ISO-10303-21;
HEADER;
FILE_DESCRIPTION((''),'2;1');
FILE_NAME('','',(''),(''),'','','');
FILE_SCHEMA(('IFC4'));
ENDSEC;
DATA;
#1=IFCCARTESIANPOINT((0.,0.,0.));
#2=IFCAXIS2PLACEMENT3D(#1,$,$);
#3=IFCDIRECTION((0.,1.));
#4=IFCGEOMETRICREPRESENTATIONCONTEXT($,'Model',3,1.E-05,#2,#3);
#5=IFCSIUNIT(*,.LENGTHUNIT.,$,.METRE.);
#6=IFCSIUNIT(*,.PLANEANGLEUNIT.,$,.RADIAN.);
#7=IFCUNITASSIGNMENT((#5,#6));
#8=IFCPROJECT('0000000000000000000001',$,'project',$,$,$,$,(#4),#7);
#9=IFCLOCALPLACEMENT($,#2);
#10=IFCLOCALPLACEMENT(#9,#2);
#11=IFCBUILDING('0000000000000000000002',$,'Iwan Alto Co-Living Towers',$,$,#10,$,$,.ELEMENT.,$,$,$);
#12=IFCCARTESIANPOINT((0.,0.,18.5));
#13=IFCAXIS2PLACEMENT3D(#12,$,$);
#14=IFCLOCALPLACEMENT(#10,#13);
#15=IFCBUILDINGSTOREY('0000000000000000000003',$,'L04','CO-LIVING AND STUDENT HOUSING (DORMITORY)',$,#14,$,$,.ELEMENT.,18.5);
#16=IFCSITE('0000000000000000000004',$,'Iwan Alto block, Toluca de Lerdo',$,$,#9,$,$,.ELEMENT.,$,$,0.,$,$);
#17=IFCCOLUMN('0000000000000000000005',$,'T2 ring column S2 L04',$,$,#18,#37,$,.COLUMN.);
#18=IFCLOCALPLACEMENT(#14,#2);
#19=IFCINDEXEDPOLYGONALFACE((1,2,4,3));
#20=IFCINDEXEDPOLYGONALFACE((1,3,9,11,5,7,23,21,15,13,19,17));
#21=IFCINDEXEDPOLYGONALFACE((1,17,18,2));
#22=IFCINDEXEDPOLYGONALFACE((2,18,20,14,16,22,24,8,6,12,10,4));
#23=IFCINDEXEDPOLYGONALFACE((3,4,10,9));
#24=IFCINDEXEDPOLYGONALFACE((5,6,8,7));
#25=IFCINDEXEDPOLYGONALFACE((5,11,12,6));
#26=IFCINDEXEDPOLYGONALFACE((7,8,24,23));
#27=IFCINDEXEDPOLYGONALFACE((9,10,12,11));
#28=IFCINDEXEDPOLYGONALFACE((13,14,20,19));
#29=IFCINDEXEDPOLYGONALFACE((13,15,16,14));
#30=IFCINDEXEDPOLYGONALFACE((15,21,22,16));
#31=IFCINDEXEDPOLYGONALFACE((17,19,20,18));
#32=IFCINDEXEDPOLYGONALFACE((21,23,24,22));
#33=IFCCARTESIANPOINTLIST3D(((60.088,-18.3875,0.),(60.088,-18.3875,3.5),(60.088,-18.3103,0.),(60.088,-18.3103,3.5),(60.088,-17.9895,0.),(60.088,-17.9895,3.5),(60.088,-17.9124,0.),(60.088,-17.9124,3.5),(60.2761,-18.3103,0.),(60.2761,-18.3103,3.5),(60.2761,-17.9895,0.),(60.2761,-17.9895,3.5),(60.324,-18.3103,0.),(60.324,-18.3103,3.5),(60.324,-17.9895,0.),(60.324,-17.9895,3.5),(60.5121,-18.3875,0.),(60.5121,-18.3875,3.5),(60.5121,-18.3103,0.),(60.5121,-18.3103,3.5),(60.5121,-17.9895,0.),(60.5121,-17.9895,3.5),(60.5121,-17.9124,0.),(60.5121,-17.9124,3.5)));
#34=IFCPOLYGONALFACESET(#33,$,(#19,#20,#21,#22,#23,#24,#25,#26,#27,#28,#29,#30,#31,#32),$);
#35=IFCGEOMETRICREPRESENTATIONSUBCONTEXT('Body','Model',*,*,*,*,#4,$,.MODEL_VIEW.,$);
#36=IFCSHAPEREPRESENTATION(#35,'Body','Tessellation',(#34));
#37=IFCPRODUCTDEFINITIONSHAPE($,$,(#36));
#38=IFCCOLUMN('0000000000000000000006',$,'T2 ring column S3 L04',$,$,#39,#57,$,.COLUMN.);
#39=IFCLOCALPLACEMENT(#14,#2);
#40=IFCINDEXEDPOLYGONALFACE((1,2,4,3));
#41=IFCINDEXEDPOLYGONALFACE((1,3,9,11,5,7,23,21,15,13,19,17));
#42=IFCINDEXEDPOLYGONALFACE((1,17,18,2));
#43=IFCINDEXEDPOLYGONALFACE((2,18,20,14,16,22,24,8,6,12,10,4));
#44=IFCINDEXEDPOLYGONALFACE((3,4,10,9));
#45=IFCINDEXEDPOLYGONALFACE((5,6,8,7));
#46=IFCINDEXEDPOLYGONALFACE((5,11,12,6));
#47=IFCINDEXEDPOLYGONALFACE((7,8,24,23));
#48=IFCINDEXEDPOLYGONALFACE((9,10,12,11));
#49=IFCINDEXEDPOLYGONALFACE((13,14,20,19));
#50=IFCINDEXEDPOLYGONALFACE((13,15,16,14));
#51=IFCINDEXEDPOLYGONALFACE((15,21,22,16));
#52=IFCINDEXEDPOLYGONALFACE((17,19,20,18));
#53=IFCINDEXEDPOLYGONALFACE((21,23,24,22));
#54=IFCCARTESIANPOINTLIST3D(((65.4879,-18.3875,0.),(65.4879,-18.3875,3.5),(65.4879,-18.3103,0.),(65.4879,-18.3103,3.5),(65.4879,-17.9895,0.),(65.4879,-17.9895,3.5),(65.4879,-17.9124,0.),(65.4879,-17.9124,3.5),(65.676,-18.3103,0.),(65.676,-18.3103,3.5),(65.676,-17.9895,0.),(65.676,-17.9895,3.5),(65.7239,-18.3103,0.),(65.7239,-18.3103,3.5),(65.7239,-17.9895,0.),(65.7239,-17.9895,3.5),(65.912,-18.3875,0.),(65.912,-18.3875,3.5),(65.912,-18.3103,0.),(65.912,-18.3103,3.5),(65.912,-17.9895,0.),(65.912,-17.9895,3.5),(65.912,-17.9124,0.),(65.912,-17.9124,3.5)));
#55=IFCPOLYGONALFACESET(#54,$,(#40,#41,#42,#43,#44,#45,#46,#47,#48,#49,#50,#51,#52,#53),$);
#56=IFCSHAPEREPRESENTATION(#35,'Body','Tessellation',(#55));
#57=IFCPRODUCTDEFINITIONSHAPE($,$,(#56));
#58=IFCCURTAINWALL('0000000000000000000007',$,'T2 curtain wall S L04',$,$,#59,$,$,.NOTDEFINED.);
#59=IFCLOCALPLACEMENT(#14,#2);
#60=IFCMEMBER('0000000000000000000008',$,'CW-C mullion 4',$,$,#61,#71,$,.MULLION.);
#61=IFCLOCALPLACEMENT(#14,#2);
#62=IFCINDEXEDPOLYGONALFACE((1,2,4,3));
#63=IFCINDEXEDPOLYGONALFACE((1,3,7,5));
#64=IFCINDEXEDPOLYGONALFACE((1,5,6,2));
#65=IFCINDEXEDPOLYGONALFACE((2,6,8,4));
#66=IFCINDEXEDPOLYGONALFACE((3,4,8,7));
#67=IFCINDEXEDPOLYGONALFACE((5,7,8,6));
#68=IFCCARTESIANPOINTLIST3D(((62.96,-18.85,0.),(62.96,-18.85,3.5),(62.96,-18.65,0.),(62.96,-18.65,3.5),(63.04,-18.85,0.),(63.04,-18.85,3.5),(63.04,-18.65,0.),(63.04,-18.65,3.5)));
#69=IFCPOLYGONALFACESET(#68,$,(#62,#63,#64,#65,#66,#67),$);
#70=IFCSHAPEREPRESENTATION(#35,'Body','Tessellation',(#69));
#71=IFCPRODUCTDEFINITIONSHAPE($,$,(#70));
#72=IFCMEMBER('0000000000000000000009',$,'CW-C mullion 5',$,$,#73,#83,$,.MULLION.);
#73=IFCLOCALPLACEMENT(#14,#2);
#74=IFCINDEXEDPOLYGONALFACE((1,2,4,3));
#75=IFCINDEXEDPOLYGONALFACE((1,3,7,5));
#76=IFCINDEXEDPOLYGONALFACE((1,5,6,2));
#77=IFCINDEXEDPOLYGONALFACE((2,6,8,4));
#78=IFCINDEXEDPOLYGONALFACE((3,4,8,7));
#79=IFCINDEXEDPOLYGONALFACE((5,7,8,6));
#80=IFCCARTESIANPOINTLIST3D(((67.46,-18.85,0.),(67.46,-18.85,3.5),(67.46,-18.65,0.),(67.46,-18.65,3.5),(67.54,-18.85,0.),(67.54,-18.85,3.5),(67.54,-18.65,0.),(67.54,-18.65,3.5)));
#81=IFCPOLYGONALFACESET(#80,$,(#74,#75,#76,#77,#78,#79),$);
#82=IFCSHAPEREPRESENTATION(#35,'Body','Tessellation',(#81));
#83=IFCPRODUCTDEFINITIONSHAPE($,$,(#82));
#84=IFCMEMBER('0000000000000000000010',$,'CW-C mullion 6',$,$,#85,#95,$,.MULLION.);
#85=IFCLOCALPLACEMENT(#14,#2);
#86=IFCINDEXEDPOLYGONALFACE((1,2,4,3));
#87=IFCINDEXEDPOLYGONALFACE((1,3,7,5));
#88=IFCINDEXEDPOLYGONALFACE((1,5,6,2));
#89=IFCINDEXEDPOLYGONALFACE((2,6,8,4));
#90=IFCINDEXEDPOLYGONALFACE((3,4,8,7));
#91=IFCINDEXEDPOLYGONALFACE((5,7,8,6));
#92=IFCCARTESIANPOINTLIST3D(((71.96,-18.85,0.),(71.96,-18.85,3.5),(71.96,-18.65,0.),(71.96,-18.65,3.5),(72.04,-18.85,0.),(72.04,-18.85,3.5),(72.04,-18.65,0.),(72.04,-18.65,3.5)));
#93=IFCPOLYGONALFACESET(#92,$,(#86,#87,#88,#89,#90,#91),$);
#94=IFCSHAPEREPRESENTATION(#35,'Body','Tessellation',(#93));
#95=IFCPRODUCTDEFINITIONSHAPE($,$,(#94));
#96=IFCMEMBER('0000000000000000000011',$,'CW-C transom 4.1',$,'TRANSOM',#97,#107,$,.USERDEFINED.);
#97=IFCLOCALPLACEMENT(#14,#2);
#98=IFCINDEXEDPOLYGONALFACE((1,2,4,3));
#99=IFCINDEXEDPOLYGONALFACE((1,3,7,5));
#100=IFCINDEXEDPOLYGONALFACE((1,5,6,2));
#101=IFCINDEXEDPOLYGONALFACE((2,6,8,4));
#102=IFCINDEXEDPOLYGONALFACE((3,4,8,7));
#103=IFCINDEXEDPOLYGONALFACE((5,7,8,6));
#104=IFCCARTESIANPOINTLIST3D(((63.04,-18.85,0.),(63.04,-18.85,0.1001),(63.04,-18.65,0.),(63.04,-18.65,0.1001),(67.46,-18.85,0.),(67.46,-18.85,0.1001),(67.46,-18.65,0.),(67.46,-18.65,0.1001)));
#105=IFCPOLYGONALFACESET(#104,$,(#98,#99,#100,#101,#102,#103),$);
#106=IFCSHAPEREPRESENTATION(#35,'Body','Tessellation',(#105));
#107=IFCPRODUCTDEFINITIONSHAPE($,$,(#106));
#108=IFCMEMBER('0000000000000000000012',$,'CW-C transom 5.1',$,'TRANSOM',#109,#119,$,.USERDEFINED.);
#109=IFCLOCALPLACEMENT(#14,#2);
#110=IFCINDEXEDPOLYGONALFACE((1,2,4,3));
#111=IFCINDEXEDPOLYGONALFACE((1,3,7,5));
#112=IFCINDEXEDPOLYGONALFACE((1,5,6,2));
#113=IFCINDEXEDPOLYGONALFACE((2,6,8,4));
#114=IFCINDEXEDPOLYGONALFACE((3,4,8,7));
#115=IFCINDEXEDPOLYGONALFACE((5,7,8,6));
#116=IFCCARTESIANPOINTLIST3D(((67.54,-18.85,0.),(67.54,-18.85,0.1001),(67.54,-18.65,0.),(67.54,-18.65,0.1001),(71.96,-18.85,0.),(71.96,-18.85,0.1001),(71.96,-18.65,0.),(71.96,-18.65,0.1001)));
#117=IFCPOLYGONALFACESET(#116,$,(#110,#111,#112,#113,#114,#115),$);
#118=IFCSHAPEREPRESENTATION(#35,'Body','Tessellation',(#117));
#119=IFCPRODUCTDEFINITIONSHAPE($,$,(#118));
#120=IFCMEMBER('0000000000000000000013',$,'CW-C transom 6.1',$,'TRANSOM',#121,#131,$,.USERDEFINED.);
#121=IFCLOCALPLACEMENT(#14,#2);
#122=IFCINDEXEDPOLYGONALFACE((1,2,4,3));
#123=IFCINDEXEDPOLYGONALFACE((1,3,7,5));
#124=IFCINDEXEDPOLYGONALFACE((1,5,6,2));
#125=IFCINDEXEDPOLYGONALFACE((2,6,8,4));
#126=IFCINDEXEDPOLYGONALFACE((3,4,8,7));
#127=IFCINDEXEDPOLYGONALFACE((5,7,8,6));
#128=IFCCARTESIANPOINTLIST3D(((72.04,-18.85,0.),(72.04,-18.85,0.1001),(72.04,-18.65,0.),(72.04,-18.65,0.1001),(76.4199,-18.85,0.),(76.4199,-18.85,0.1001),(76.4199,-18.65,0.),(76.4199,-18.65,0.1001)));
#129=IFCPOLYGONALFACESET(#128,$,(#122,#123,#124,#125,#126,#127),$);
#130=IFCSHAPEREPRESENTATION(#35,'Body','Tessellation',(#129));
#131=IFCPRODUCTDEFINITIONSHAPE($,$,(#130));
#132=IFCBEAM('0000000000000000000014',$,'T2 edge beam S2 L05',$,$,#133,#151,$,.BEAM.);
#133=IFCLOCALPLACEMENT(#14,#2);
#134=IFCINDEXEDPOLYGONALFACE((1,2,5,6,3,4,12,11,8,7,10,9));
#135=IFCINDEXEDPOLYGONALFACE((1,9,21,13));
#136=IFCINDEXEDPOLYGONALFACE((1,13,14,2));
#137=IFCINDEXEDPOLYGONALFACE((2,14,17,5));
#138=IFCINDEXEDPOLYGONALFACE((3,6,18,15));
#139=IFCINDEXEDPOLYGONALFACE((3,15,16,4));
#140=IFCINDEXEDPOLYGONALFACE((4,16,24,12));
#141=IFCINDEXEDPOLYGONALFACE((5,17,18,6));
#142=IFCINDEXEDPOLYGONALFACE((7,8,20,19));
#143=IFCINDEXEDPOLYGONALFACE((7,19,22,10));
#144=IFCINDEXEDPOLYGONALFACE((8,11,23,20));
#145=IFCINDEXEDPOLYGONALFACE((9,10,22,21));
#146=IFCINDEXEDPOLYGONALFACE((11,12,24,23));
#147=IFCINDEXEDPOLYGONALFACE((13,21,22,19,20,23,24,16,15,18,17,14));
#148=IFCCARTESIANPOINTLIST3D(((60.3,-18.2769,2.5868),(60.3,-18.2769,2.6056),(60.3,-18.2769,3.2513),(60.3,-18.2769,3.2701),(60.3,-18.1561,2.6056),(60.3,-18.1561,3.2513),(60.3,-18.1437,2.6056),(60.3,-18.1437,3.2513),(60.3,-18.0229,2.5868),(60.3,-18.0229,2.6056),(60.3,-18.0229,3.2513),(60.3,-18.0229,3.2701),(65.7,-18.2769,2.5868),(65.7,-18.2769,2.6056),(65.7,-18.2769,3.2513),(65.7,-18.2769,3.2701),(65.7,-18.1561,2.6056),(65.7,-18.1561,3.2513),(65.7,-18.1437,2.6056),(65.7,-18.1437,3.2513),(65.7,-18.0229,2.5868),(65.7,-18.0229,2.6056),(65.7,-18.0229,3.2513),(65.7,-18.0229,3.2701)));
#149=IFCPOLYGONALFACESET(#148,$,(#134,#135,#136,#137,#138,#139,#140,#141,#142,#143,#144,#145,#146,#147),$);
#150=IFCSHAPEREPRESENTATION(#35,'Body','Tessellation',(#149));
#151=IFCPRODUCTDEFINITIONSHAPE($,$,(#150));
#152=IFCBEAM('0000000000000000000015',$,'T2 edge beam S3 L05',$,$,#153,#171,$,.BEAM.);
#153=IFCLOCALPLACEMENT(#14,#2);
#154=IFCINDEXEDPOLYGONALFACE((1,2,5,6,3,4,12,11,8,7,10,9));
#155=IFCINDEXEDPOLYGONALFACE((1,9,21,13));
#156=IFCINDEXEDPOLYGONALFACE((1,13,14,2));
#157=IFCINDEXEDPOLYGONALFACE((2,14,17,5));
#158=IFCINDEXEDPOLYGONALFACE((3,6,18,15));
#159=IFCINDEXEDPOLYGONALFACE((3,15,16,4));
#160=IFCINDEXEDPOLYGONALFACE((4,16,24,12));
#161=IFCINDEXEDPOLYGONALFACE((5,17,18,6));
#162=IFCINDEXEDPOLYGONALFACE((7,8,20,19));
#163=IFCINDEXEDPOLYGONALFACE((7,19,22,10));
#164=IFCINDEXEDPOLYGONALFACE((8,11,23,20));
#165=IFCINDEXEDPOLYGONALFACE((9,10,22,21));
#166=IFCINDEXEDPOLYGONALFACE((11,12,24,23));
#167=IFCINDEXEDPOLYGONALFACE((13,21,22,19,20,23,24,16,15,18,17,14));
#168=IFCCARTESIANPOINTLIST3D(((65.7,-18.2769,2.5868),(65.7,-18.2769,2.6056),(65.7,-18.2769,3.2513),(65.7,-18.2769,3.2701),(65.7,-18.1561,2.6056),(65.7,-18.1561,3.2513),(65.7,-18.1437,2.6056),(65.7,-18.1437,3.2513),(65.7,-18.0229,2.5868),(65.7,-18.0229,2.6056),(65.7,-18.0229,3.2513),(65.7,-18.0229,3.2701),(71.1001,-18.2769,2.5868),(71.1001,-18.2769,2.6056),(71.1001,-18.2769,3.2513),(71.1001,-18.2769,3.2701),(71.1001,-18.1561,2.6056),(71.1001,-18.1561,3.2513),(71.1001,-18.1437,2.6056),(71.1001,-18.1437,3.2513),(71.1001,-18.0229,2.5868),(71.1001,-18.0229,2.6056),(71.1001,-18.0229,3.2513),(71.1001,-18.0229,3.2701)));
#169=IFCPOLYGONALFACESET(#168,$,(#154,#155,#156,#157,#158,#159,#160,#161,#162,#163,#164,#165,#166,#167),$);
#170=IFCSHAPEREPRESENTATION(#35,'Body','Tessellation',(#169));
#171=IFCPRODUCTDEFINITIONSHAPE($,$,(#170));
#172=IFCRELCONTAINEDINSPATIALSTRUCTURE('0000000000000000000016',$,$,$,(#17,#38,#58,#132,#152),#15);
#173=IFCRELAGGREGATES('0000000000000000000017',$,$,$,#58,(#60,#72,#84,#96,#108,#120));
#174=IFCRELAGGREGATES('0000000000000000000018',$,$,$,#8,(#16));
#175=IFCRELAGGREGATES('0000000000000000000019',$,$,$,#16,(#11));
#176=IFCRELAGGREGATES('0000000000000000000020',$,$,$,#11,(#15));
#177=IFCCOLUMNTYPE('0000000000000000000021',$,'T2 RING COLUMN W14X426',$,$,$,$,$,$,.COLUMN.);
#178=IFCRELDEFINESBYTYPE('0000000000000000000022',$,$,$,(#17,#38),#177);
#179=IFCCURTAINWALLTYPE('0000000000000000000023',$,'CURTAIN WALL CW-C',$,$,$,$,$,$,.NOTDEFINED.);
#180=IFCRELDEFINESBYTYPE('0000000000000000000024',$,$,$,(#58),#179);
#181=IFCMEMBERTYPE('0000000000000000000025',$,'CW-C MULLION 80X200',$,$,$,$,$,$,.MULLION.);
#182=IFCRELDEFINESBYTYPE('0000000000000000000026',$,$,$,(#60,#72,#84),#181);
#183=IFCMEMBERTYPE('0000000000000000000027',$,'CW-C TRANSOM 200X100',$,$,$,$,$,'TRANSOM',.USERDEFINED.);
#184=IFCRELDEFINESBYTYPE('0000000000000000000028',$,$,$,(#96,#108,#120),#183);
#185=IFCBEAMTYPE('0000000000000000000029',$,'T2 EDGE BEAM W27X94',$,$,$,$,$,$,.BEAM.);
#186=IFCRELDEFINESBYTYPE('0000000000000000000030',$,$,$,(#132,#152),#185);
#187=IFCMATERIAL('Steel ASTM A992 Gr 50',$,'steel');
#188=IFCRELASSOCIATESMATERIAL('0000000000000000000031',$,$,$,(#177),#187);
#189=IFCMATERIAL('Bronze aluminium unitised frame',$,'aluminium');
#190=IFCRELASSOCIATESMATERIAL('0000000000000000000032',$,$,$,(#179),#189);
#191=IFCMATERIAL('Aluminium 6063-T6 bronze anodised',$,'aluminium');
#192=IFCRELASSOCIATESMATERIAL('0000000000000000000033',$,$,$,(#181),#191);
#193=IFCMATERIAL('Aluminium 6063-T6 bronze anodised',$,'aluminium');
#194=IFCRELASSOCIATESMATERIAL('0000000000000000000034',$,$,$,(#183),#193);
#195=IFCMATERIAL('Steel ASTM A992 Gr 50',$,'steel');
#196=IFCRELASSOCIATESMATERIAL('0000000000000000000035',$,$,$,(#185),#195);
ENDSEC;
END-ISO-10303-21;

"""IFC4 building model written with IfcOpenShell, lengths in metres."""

from ifc_helpers import new_model, si_unit, direction, frame, origin, origin_2d, place, context, subcontext, project, spatial, rectangle, i_section, extrude, material, material_profile, profile_set, type_object, element, aggregate, save


model = new_model("IFC4")

# Units and contexts
model_context = context("Model", 3, precision=1e-05, world=origin(), true_north=direction((0.0, 1.0)))
body_context = subcontext(model_context, "Body", "Model", "MODEL_VIEW")
ifc_project = project(units=[si_unit("LENGTHUNIT", "METRE"), si_unit("PLANEANGLEUNIT", "RADIAN")], contexts=[model_context])

# Site, building, storey
site_placement = place(None, origin())
site = spatial("IfcSite", under=ifc_project, at=site_placement, Name="Iwan Alto block, Toluca de Lerdo", CompositionType="ELEMENT", RefElevation=0.0)
building_placement = place(site_placement, origin())
building = spatial("IfcBuilding", under=site, at=building_placement, Name="Iwan Alto Co-Living Towers", CompositionType="ELEMENT")
storey_placement = place(building_placement, frame((0.0, 0.0, 18.5)))
storey = spatial("IfcBuildingStorey", under=building, at=storey_placement, Name="L04", Description="CO-LIVING AND STUDENT HOUSING (DORMITORY)", CompositionType="ELEMENT", Elevation=18.5)

# Columns
ifc_material_1 = material(Name="Steel ASTM A992 Gr 50", Category="steel")
ifc_material_profile_1 = material_profile(ifc_material_1, i_section(OverallWidth=0.4241, OverallDepth=0.4751, WebThickness=0.0479, FlangeThickness=0.0771, at=origin_2d()), Name="W14X426")
ifc_profile_set_1 = profile_set([ifc_material_profile_1], Name="Steel ASTM A992 Gr 50")
column_type = type_object("IfcColumnType", Name="T2 RING COLUMN W14X426", PredefinedType="COLUMN", material=ifc_profile_set_1)
for number, where, z_axis, x_axis, name in (
    (1, (60.3, -18.1499, 0.0), (0.0, 0.0, 1.0), (1.0, 0.0, 0.0), "T2 ring column S2 L04"),
    (2, (65.7, -18.1499, 0.0), (0.0, 0.0, 1.0), (1.0, 0.0, 0.0), "T2 ring column S3 L04"),
):
    element("IfcColumn", number, at=place(storey_placement, frame(where, z_axis=z_axis, x_axis=x_axis)), inside=storey, type_object=column_type, Name=name, PredefinedType="COLUMN", context=body_context, shape_type="SweptSolid", body=[
        extrude(i_section(OverallWidth=0.4241, OverallDepth=0.4751, WebThickness=0.0479, FlangeThickness=0.0771, at=origin_2d()), origin(), (0.0, 0.0, 1.0), 3.5),
    ])

# Curtain wall, members
ifc_material_2 = material(Name="Bronze aluminium unitised frame", Category="aluminium")
curtain_wall_type = type_object("IfcCurtainWallType", Name="CURTAIN WALL CW-C", PredefinedType="NOTDEFINED", material=ifc_material_2)
curtain_wall_placement = place(storey_placement, origin())
curtain_wall = element("IfcCurtainWall", 3, at=curtain_wall_placement, inside=storey, type_object=curtain_wall_type, Name="T2 curtain wall S L04", PredefinedType="NOTDEFINED")
ifc_material_3 = material(Name="Aluminium 6063-T6 bronze anodised", Category="aluminium")
ifc_material_profile_2 = material_profile(ifc_material_3, rectangle(XDim=0.2, YDim=0.0801, at=origin_2d()), Name="AL 80X200")
ifc_profile_set_2 = profile_set([ifc_material_profile_2], Name="Aluminium 6063-T6 bronze anodised")
member_type_1 = type_object("IfcMemberType", Name="CW-C MULLION 80X200", PredefinedType="MULLION", material=ifc_profile_set_2)
member_1_placement = place(storey_placement, frame((63.0, -18.75, 0.0), z_axis=(0.0, 0.0, 1.0), x_axis=(0.0, 1.0, 0.0)))
member_1 = element("IfcMember", 4, at=member_1_placement, type_object=member_type_1, Name="CW-C mullion 4", PredefinedType="MULLION", context=body_context, shape_type="SweptSolid", body=[
    extrude(rectangle(XDim=0.2, YDim=0.0801, at=origin_2d()), origin(), (0.0, 0.0, 1.0), 3.5),
])
member_2_placement = place(storey_placement, frame((67.5, -18.75, 0.0), z_axis=(0.0, 0.0, 1.0), x_axis=(0.0, 1.0, 0.0)))
member_2 = element("IfcMember", 5, at=member_2_placement, type_object=member_type_1, Name="CW-C mullion 5", PredefinedType="MULLION", context=body_context, shape_type="SweptSolid", body=[
    extrude(rectangle(XDim=0.2, YDim=0.0801, at=origin_2d()), origin(), (0.0, 0.0, 1.0), 3.5),
])
member_3_placement = place(storey_placement, frame((72.0, -18.75, 0.0), z_axis=(0.0, 0.0, 1.0), x_axis=(0.0, 1.0, 0.0)))
member_3 = element("IfcMember", 6, at=member_3_placement, type_object=member_type_1, Name="CW-C mullion 6", PredefinedType="MULLION", context=body_context, shape_type="SweptSolid", body=[
    extrude(rectangle(XDim=0.2, YDim=0.0801, at=origin_2d()), origin(), (0.0, 0.0, 1.0), 3.5),
])
ifc_material_4 = material(Name="Aluminium 6063-T6 bronze anodised", Category="aluminium")
ifc_material_profile_3 = material_profile(ifc_material_4, rectangle(XDim=0.2, YDim=0.1001, at=origin_2d()), Name="AL 200X100")
ifc_profile_set_3 = profile_set([ifc_material_profile_3], Name="Aluminium 6063-T6 bronze anodised")
member_type_2 = type_object("IfcMemberType", Name="CW-C TRANSOM 200X100", ElementType="TRANSOM", PredefinedType="USERDEFINED", material=ifc_profile_set_3)
member_4_placement = place(storey_placement, frame((63.04, -18.75, 0.05), z_axis=(1.0, 0.0, 0.0), x_axis=(0.0, 1.0, 0.0)))
member_4 = element("IfcMember", 7, at=member_4_placement, type_object=member_type_2, Name="CW-C transom 4.1", ObjectType="TRANSOM", PredefinedType="USERDEFINED", context=body_context, shape_type="SweptSolid", body=[
    extrude(rectangle(XDim=0.2, YDim=0.1001, at=origin_2d()), origin(), (0.0, 0.0, 1.0), 4.4199),
])
member_5_placement = place(storey_placement, frame((67.54, -18.75, 0.05), z_axis=(1.0, 0.0, 0.0), x_axis=(0.0, 1.0, 0.0)))
member_5 = element("IfcMember", 8, at=member_5_placement, type_object=member_type_2, Name="CW-C transom 5.1", ObjectType="TRANSOM", PredefinedType="USERDEFINED", context=body_context, shape_type="SweptSolid", body=[
    extrude(rectangle(XDim=0.2, YDim=0.1001, at=origin_2d()), origin(), (0.0, 0.0, 1.0), 4.4199),
])
member_6_placement = place(storey_placement, frame((72.04, -18.75, 0.05), z_axis=(1.0, 0.0, 0.0), x_axis=(0.0, 1.0, 0.0)))
member_6 = element("IfcMember", 9, at=member_6_placement, type_object=member_type_2, Name="CW-C transom 6.1", ObjectType="TRANSOM", PredefinedType="USERDEFINED", context=body_context, shape_type="SweptSolid", body=[
    extrude(rectangle(XDim=0.2, YDim=0.1001, at=origin_2d()), origin(), (0.0, 0.0, 1.0), 4.3799),
])

# Beams
ifc_material_5 = material(Name="Steel ASTM A992 Gr 50", Category="steel")
ifc_material_profile_4 = material_profile(ifc_material_5, i_section(OverallWidth=0.2539, OverallDepth=0.6833, WebThickness=0.0125, FlangeThickness=0.0188, at=origin_2d()), Name="W27X94")
ifc_profile_set_4 = profile_set([ifc_material_profile_4], Name="Steel ASTM A992 Gr 50")
beam_type_1 = type_object("IfcBeamType", Name="T2 EDGE BEAM W27X94", PredefinedType="BEAM", material=ifc_profile_set_4)
beam_1_placement = place(storey_placement, frame((60.3, -18.1499, 2.9285), z_axis=(1.0, 0.0, 0.0), x_axis=(0.0, 1.0, 0.0)))
element("IfcBeam", 10, at=beam_1_placement, inside=storey, type_object=beam_type_1, Name="T2 edge beam S2 L05", PredefinedType="BEAM", context=body_context, shape_type="SweptSolid", body=[
    extrude(i_section(OverallWidth=0.2539, OverallDepth=0.6833, WebThickness=0.0125, FlangeThickness=0.0188, at=origin_2d()), origin(), (0.0, 0.0, 1.0), 5.3999),
])
beam_2_placement = place(storey_placement, frame((65.7, -18.1499, 2.9285), z_axis=(1.0, 0.0, 0.0), x_axis=(0.0, 1.0, 0.0)))
element("IfcBeam", 11, at=beam_2_placement, inside=storey, type_object=beam_type_1, Name="T2 edge beam S3 L05", PredefinedType="BEAM", context=body_context, shape_type="SweptSolid", body=[
    extrude(i_section(OverallWidth=0.2539, OverallDepth=0.6833, WebThickness=0.0125, FlangeThickness=0.0188, at=origin_2d()), origin(), (0.0, 0.0, 1.0), 5.4001),
])

aggregate(curtain_wall, [member_1, member_2, member_3, member_4, member_5, member_6])

save(model, "model.ifc")
